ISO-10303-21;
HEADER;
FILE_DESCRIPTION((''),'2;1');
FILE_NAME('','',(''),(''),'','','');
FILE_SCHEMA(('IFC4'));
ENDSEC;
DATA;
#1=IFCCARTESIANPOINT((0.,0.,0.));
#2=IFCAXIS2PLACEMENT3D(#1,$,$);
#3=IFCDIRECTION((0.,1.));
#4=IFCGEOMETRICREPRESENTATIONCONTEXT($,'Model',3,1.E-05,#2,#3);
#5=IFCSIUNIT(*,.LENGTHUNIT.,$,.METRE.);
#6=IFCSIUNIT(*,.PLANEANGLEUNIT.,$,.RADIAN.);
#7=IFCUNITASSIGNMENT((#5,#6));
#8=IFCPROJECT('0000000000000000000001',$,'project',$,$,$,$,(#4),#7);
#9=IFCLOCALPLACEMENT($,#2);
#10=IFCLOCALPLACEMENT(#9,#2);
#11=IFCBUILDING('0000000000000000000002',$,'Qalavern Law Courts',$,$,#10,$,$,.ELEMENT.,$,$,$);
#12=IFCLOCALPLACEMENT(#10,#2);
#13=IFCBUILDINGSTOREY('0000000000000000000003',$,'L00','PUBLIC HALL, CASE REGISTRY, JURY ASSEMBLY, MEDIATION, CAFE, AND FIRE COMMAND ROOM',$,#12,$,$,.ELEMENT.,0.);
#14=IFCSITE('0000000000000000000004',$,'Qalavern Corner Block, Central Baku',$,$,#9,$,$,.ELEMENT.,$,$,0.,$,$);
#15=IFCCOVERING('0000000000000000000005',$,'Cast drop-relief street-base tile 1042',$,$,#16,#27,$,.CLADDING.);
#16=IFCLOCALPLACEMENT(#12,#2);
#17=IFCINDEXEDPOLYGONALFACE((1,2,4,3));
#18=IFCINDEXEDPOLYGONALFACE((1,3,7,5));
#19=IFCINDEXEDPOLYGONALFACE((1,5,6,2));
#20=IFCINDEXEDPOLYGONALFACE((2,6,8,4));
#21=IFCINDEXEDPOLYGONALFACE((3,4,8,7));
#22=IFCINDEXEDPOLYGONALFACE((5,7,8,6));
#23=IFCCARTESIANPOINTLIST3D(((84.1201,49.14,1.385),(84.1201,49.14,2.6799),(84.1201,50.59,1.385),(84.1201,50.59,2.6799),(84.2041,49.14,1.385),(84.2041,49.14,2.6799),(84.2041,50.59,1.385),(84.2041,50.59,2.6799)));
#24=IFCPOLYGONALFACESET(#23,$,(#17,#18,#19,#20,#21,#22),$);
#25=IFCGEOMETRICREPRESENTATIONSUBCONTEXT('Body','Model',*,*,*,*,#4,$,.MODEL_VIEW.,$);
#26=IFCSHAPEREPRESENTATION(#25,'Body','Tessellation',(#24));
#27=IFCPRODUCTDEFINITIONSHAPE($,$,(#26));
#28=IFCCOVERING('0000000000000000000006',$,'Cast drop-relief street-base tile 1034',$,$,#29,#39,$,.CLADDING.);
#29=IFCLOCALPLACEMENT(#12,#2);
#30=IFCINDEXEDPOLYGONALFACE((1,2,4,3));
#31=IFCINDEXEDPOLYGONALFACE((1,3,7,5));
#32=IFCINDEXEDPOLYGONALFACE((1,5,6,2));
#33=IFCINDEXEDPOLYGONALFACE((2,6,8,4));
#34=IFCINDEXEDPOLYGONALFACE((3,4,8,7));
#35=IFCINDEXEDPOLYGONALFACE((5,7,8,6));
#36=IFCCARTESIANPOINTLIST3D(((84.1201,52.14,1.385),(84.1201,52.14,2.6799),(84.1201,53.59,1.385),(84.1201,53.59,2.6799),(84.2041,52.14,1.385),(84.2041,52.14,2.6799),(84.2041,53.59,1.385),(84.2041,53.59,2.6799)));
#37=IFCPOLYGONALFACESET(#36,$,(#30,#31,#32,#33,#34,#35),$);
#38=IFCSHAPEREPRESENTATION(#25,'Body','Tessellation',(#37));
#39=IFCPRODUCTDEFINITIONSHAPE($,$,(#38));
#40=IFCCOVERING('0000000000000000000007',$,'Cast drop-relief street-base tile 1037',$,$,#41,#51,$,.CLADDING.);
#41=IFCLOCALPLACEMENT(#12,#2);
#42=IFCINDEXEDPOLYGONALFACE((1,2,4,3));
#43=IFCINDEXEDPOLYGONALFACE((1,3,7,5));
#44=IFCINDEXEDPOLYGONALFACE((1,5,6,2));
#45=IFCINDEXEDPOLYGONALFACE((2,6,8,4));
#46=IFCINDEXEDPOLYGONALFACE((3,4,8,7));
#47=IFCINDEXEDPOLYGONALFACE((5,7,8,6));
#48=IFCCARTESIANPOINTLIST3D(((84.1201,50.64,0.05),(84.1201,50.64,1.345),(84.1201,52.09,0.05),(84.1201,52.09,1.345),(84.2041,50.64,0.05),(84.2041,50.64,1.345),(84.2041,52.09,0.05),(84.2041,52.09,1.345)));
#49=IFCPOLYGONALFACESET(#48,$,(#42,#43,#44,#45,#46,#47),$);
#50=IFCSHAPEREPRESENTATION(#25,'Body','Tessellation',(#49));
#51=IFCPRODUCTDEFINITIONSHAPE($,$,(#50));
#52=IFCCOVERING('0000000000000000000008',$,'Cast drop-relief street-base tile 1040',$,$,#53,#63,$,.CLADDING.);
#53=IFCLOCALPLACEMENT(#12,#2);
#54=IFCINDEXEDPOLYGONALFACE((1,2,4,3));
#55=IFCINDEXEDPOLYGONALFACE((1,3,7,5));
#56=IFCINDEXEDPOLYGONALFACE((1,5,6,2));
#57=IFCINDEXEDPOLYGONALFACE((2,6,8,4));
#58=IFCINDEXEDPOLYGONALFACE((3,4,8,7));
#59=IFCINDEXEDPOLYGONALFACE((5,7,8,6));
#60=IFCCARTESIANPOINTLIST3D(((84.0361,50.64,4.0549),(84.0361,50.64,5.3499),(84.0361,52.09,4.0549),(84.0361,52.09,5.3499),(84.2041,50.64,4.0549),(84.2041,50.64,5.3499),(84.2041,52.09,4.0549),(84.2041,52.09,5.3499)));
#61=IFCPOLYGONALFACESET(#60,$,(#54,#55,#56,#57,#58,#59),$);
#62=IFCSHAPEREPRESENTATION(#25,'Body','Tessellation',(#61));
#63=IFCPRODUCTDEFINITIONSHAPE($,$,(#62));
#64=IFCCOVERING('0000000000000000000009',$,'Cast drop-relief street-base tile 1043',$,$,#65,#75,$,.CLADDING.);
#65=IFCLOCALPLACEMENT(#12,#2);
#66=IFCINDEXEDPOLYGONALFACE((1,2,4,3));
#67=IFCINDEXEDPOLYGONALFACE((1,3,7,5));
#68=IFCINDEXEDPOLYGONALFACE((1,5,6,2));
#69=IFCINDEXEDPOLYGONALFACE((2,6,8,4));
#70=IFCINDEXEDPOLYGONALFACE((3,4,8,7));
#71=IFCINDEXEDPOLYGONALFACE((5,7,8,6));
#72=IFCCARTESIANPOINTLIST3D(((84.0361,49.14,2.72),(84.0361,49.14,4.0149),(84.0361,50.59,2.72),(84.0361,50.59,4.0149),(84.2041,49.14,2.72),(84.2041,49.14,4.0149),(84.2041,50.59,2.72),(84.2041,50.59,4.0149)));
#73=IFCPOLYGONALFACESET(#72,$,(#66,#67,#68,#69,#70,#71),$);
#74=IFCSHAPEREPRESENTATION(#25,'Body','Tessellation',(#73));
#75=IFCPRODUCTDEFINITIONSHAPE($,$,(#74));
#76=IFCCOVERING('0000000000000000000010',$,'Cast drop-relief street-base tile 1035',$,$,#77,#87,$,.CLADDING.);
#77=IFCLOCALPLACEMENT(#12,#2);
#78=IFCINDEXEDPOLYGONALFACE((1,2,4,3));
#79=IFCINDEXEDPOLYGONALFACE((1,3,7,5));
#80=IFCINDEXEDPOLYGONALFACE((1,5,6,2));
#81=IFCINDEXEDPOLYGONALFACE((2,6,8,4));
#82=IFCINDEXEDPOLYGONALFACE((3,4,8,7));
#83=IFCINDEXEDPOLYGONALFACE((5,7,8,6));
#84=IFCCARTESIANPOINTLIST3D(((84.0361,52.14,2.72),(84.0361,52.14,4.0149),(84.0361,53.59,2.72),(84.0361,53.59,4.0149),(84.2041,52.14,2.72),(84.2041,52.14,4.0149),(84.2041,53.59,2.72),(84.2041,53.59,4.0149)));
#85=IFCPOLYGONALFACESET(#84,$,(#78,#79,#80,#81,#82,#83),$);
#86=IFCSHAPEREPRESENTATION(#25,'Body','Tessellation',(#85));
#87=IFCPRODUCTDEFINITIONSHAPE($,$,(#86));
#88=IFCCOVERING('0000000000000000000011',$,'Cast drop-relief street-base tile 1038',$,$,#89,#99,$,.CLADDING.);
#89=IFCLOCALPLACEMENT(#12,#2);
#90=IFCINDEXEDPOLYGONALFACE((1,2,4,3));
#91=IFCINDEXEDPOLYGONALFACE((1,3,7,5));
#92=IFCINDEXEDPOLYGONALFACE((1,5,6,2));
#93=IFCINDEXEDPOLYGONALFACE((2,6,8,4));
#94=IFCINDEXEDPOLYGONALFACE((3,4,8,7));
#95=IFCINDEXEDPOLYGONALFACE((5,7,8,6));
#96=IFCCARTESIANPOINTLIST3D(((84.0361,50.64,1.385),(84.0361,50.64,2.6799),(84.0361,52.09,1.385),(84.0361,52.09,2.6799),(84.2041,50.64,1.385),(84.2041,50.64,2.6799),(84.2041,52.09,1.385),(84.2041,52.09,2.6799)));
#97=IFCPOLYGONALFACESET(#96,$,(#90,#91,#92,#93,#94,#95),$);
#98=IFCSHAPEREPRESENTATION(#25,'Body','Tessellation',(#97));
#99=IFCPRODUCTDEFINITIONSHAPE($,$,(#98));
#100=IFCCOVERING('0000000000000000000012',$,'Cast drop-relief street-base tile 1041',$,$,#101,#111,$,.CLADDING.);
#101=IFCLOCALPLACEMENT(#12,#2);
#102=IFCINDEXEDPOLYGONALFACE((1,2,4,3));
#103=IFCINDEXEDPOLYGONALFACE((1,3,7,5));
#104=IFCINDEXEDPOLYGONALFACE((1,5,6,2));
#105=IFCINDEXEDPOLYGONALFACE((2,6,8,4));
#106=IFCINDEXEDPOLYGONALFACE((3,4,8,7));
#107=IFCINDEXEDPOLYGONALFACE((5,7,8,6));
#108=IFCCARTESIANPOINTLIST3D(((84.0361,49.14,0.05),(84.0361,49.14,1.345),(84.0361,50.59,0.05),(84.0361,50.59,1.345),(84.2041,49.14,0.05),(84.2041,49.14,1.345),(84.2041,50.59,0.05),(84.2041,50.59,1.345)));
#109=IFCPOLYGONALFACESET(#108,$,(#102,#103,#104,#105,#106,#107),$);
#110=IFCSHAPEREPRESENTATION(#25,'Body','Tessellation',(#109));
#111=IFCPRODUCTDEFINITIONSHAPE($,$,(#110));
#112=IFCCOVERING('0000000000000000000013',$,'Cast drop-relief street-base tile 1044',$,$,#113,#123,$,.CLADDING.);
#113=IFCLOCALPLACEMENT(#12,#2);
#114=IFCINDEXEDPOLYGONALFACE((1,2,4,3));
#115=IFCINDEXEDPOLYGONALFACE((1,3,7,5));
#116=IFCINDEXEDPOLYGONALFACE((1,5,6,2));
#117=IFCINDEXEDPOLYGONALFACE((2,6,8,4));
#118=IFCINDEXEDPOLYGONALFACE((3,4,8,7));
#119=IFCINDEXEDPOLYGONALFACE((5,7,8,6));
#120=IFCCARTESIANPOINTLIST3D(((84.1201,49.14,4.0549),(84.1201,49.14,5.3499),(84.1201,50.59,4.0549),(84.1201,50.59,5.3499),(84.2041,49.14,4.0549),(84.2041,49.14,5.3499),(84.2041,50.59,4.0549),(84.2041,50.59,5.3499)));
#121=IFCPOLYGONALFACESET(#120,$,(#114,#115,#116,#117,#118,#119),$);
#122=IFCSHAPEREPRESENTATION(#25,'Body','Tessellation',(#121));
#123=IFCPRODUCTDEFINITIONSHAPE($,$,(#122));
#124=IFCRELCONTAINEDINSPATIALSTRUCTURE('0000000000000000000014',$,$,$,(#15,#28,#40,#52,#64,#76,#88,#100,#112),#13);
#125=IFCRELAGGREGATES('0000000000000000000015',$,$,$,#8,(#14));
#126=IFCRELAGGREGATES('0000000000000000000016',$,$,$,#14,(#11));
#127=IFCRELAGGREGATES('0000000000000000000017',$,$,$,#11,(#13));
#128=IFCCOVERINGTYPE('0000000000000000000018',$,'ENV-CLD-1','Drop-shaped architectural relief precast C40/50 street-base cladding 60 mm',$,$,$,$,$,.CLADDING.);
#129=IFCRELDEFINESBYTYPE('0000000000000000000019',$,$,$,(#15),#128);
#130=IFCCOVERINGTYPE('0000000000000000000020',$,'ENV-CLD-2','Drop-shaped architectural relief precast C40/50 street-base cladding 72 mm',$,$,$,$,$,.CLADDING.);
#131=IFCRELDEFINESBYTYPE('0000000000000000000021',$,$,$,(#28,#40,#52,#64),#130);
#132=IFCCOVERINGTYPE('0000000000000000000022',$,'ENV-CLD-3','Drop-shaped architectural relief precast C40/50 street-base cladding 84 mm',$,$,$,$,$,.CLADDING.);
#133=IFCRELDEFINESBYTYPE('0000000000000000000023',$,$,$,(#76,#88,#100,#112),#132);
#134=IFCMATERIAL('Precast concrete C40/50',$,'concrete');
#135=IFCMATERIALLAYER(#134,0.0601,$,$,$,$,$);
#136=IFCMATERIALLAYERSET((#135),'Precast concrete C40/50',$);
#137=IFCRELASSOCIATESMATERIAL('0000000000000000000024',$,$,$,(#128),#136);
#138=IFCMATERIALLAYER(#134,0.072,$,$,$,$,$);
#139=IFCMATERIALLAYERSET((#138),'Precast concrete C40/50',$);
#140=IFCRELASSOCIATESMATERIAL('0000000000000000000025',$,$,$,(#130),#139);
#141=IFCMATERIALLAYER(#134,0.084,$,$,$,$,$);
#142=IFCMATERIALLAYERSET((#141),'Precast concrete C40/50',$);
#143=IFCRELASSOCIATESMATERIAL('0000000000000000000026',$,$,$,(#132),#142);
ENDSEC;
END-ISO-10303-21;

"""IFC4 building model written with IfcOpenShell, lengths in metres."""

from ifc_helpers import new_model, si_unit, direction, frame, origin, origin_2d, place, context, subcontext, project, spatial, rectangle, extrude, material, layer, layer_set, type_object, element, save


model = new_model("IFC4")

# Units and contexts
model_context = context("Model", 3, precision=1e-05, world=origin(), true_north=direction((0.0, 1.0)))
body_context = subcontext(model_context, "Body", "Model", "MODEL_VIEW")
ifc_project = project(units=[si_unit("LENGTHUNIT", "METRE"), si_unit("PLANEANGLEUNIT", "RADIAN")], contexts=[model_context])

# Site, building, storey
site_placement = place(None, origin())
site = spatial("IfcSite", under=ifc_project, at=site_placement, Name="Qalavern Corner Block, Central Baku", CompositionType="ELEMENT", RefElevation=0.0)
building_placement = place(site_placement, origin())
building = spatial("IfcBuilding", under=site, at=building_placement, Name="Qalavern Law Courts", CompositionType="ELEMENT")
storey_placement = place(building_placement, origin())
storey = spatial("IfcBuildingStorey", under=building, at=storey_placement, Name="L00", Description="PUBLIC HALL, CASE REGISTRY, JURY ASSEMBLY, MEDIATION, CAFE, AND FIRE COMMAND ROOM", CompositionType="ELEMENT", Elevation=0.0)

# Coverings
ifc_material_1 = material(Name="Precast concrete C40/50", Category="concrete")
ifc_layer_1 = layer(ifc_material_1, 0.0601)
ifc_layer_set_1 = layer_set([ifc_layer_1], Name="Precast concrete C40/50")
covering_type_1 = type_object("IfcCoveringType", Name="ENV-CLD-1", Description="Drop-shaped architectural relief precast C40/50 street-base cladding 60 mm", PredefinedType="CLADDING", material=ifc_layer_set_1)
for number, where, z_axis, x_axis, name in (
    (1, (84.1621, 49.865, 1.385), (0.0, 0.0, 1.0), (0.0, -1.0, 0.0), "Cast drop-relief street-base tile 1042"),
):
    element("IfcCovering", number, at=place(storey_placement, frame(where, z_axis=z_axis, x_axis=x_axis)), inside=storey, type_object=covering_type_1, Name=name, PredefinedType="CLADDING", context=body_context, shape_type="SweptSolid", body=[
        extrude(rectangle(XDim=1.45, YDim=0.084, at=origin_2d()), origin(), (0.0, 0.0, 1.0), 1.2949),
    ])
ifc_layer_2 = layer(ifc_material_1, 0.072)
ifc_layer_set_2 = layer_set([ifc_layer_2], Name="Precast concrete C40/50")
covering_type_2 = type_object("IfcCoveringType", Name="ENV-CLD-2", Description="Drop-shaped architectural relief precast C40/50 street-base cladding 72 mm", PredefinedType="CLADDING", material=ifc_layer_set_2)
for number, where, z_axis, x_axis, name in (
    (2, (84.1621, 52.865, 1.385), (0.0, 0.0, 1.0), (0.0, -1.0, 0.0), "Cast drop-relief street-base tile 1034"),
    (3, (84.1621, 51.365, 0.05), (0.0, 0.0, 1.0), (0.0, -1.0, 0.0), "Cast drop-relief street-base tile 1037"),
):
    element("IfcCovering", number, at=place(storey_placement, frame(where, z_axis=z_axis, x_axis=x_axis)), inside=storey, type_object=covering_type_2, Name=name, PredefinedType="CLADDING", context=body_context, shape_type="SweptSolid", body=[
        extrude(rectangle(XDim=1.45, YDim=0.084, at=origin_2d()), origin(), (0.0, 0.0, 1.0), 1.2949),
    ])
for number, where, z_axis, x_axis, name in (
    (4, (84.1201, 51.365, 4.0549), (0.0, 0.0, 1.0), (0.0, -1.0, 0.0), "Cast drop-relief street-base tile 1040"),
    (5, (84.1201, 49.865, 2.72), (0.0, 0.0, 1.0), (0.0, -1.0, 0.0), "Cast drop-relief street-base tile 1043"),
):
    element("IfcCovering", number, at=place(storey_placement, frame(where, z_axis=z_axis, x_axis=x_axis)), inside=storey, type_object=covering_type_2, Name=name, PredefinedType="CLADDING", context=body_context, shape_type="SweptSolid", body=[
        extrude(rectangle(XDim=1.45, YDim=0.168, at=origin_2d()), origin(), (0.0, 0.0, 1.0), 1.2949),
    ])
ifc_layer_3 = layer(ifc_material_1, 0.084)
ifc_layer_set_3 = layer_set([ifc_layer_3], Name="Precast concrete C40/50")
covering_type_3 = type_object("IfcCoveringType", Name="ENV-CLD-3", Description="Drop-shaped architectural relief precast C40/50 street-base cladding 84 mm", PredefinedType="CLADDING", material=ifc_layer_set_3)
for number, where, z_axis, x_axis, name in (
    (6, (84.1201, 52.865, 2.72), (0.0, 0.0, 1.0), (0.0, -1.0, 0.0), "Cast drop-relief street-base tile 1035"),
    (7, (84.1201, 51.365, 1.385), (0.0, 0.0, 1.0), (0.0, -1.0, 0.0), "Cast drop-relief street-base tile 1038"),
    (8, (84.1201, 49.865, 0.05), (0.0, 0.0, 1.0), (0.0, -1.0, 0.0), "Cast drop-relief street-base tile 1041"),
):
    element("IfcCovering", number, at=place(storey_placement, frame(where, z_axis=z_axis, x_axis=x_axis)), inside=storey, type_object=covering_type_3, Name=name, PredefinedType="CLADDING", context=body_context, shape_type="SweptSolid", body=[
        extrude(rectangle(XDim=1.45, YDim=0.168, at=origin_2d()), origin(), (0.0, 0.0, 1.0), 1.2949),
    ])
covering_1_placement = place(storey_placement, frame((84.1621, 49.865, 4.0549), z_axis=(0.0, 0.0, 1.0), x_axis=(0.0, -1.0, 0.0)))
element("IfcCovering", 9, at=covering_1_placement, inside=storey, type_object=covering_type_3, Name="Cast drop-relief street-base tile 1044", PredefinedType="CLADDING", context=body_context, shape_type="SweptSolid", body=[
    extrude(rectangle(XDim=1.45, YDim=0.084, at=origin_2d()), origin(), (0.0, 0.0, 1.0), 1.2949),
])

save(model, "model.ifc")
